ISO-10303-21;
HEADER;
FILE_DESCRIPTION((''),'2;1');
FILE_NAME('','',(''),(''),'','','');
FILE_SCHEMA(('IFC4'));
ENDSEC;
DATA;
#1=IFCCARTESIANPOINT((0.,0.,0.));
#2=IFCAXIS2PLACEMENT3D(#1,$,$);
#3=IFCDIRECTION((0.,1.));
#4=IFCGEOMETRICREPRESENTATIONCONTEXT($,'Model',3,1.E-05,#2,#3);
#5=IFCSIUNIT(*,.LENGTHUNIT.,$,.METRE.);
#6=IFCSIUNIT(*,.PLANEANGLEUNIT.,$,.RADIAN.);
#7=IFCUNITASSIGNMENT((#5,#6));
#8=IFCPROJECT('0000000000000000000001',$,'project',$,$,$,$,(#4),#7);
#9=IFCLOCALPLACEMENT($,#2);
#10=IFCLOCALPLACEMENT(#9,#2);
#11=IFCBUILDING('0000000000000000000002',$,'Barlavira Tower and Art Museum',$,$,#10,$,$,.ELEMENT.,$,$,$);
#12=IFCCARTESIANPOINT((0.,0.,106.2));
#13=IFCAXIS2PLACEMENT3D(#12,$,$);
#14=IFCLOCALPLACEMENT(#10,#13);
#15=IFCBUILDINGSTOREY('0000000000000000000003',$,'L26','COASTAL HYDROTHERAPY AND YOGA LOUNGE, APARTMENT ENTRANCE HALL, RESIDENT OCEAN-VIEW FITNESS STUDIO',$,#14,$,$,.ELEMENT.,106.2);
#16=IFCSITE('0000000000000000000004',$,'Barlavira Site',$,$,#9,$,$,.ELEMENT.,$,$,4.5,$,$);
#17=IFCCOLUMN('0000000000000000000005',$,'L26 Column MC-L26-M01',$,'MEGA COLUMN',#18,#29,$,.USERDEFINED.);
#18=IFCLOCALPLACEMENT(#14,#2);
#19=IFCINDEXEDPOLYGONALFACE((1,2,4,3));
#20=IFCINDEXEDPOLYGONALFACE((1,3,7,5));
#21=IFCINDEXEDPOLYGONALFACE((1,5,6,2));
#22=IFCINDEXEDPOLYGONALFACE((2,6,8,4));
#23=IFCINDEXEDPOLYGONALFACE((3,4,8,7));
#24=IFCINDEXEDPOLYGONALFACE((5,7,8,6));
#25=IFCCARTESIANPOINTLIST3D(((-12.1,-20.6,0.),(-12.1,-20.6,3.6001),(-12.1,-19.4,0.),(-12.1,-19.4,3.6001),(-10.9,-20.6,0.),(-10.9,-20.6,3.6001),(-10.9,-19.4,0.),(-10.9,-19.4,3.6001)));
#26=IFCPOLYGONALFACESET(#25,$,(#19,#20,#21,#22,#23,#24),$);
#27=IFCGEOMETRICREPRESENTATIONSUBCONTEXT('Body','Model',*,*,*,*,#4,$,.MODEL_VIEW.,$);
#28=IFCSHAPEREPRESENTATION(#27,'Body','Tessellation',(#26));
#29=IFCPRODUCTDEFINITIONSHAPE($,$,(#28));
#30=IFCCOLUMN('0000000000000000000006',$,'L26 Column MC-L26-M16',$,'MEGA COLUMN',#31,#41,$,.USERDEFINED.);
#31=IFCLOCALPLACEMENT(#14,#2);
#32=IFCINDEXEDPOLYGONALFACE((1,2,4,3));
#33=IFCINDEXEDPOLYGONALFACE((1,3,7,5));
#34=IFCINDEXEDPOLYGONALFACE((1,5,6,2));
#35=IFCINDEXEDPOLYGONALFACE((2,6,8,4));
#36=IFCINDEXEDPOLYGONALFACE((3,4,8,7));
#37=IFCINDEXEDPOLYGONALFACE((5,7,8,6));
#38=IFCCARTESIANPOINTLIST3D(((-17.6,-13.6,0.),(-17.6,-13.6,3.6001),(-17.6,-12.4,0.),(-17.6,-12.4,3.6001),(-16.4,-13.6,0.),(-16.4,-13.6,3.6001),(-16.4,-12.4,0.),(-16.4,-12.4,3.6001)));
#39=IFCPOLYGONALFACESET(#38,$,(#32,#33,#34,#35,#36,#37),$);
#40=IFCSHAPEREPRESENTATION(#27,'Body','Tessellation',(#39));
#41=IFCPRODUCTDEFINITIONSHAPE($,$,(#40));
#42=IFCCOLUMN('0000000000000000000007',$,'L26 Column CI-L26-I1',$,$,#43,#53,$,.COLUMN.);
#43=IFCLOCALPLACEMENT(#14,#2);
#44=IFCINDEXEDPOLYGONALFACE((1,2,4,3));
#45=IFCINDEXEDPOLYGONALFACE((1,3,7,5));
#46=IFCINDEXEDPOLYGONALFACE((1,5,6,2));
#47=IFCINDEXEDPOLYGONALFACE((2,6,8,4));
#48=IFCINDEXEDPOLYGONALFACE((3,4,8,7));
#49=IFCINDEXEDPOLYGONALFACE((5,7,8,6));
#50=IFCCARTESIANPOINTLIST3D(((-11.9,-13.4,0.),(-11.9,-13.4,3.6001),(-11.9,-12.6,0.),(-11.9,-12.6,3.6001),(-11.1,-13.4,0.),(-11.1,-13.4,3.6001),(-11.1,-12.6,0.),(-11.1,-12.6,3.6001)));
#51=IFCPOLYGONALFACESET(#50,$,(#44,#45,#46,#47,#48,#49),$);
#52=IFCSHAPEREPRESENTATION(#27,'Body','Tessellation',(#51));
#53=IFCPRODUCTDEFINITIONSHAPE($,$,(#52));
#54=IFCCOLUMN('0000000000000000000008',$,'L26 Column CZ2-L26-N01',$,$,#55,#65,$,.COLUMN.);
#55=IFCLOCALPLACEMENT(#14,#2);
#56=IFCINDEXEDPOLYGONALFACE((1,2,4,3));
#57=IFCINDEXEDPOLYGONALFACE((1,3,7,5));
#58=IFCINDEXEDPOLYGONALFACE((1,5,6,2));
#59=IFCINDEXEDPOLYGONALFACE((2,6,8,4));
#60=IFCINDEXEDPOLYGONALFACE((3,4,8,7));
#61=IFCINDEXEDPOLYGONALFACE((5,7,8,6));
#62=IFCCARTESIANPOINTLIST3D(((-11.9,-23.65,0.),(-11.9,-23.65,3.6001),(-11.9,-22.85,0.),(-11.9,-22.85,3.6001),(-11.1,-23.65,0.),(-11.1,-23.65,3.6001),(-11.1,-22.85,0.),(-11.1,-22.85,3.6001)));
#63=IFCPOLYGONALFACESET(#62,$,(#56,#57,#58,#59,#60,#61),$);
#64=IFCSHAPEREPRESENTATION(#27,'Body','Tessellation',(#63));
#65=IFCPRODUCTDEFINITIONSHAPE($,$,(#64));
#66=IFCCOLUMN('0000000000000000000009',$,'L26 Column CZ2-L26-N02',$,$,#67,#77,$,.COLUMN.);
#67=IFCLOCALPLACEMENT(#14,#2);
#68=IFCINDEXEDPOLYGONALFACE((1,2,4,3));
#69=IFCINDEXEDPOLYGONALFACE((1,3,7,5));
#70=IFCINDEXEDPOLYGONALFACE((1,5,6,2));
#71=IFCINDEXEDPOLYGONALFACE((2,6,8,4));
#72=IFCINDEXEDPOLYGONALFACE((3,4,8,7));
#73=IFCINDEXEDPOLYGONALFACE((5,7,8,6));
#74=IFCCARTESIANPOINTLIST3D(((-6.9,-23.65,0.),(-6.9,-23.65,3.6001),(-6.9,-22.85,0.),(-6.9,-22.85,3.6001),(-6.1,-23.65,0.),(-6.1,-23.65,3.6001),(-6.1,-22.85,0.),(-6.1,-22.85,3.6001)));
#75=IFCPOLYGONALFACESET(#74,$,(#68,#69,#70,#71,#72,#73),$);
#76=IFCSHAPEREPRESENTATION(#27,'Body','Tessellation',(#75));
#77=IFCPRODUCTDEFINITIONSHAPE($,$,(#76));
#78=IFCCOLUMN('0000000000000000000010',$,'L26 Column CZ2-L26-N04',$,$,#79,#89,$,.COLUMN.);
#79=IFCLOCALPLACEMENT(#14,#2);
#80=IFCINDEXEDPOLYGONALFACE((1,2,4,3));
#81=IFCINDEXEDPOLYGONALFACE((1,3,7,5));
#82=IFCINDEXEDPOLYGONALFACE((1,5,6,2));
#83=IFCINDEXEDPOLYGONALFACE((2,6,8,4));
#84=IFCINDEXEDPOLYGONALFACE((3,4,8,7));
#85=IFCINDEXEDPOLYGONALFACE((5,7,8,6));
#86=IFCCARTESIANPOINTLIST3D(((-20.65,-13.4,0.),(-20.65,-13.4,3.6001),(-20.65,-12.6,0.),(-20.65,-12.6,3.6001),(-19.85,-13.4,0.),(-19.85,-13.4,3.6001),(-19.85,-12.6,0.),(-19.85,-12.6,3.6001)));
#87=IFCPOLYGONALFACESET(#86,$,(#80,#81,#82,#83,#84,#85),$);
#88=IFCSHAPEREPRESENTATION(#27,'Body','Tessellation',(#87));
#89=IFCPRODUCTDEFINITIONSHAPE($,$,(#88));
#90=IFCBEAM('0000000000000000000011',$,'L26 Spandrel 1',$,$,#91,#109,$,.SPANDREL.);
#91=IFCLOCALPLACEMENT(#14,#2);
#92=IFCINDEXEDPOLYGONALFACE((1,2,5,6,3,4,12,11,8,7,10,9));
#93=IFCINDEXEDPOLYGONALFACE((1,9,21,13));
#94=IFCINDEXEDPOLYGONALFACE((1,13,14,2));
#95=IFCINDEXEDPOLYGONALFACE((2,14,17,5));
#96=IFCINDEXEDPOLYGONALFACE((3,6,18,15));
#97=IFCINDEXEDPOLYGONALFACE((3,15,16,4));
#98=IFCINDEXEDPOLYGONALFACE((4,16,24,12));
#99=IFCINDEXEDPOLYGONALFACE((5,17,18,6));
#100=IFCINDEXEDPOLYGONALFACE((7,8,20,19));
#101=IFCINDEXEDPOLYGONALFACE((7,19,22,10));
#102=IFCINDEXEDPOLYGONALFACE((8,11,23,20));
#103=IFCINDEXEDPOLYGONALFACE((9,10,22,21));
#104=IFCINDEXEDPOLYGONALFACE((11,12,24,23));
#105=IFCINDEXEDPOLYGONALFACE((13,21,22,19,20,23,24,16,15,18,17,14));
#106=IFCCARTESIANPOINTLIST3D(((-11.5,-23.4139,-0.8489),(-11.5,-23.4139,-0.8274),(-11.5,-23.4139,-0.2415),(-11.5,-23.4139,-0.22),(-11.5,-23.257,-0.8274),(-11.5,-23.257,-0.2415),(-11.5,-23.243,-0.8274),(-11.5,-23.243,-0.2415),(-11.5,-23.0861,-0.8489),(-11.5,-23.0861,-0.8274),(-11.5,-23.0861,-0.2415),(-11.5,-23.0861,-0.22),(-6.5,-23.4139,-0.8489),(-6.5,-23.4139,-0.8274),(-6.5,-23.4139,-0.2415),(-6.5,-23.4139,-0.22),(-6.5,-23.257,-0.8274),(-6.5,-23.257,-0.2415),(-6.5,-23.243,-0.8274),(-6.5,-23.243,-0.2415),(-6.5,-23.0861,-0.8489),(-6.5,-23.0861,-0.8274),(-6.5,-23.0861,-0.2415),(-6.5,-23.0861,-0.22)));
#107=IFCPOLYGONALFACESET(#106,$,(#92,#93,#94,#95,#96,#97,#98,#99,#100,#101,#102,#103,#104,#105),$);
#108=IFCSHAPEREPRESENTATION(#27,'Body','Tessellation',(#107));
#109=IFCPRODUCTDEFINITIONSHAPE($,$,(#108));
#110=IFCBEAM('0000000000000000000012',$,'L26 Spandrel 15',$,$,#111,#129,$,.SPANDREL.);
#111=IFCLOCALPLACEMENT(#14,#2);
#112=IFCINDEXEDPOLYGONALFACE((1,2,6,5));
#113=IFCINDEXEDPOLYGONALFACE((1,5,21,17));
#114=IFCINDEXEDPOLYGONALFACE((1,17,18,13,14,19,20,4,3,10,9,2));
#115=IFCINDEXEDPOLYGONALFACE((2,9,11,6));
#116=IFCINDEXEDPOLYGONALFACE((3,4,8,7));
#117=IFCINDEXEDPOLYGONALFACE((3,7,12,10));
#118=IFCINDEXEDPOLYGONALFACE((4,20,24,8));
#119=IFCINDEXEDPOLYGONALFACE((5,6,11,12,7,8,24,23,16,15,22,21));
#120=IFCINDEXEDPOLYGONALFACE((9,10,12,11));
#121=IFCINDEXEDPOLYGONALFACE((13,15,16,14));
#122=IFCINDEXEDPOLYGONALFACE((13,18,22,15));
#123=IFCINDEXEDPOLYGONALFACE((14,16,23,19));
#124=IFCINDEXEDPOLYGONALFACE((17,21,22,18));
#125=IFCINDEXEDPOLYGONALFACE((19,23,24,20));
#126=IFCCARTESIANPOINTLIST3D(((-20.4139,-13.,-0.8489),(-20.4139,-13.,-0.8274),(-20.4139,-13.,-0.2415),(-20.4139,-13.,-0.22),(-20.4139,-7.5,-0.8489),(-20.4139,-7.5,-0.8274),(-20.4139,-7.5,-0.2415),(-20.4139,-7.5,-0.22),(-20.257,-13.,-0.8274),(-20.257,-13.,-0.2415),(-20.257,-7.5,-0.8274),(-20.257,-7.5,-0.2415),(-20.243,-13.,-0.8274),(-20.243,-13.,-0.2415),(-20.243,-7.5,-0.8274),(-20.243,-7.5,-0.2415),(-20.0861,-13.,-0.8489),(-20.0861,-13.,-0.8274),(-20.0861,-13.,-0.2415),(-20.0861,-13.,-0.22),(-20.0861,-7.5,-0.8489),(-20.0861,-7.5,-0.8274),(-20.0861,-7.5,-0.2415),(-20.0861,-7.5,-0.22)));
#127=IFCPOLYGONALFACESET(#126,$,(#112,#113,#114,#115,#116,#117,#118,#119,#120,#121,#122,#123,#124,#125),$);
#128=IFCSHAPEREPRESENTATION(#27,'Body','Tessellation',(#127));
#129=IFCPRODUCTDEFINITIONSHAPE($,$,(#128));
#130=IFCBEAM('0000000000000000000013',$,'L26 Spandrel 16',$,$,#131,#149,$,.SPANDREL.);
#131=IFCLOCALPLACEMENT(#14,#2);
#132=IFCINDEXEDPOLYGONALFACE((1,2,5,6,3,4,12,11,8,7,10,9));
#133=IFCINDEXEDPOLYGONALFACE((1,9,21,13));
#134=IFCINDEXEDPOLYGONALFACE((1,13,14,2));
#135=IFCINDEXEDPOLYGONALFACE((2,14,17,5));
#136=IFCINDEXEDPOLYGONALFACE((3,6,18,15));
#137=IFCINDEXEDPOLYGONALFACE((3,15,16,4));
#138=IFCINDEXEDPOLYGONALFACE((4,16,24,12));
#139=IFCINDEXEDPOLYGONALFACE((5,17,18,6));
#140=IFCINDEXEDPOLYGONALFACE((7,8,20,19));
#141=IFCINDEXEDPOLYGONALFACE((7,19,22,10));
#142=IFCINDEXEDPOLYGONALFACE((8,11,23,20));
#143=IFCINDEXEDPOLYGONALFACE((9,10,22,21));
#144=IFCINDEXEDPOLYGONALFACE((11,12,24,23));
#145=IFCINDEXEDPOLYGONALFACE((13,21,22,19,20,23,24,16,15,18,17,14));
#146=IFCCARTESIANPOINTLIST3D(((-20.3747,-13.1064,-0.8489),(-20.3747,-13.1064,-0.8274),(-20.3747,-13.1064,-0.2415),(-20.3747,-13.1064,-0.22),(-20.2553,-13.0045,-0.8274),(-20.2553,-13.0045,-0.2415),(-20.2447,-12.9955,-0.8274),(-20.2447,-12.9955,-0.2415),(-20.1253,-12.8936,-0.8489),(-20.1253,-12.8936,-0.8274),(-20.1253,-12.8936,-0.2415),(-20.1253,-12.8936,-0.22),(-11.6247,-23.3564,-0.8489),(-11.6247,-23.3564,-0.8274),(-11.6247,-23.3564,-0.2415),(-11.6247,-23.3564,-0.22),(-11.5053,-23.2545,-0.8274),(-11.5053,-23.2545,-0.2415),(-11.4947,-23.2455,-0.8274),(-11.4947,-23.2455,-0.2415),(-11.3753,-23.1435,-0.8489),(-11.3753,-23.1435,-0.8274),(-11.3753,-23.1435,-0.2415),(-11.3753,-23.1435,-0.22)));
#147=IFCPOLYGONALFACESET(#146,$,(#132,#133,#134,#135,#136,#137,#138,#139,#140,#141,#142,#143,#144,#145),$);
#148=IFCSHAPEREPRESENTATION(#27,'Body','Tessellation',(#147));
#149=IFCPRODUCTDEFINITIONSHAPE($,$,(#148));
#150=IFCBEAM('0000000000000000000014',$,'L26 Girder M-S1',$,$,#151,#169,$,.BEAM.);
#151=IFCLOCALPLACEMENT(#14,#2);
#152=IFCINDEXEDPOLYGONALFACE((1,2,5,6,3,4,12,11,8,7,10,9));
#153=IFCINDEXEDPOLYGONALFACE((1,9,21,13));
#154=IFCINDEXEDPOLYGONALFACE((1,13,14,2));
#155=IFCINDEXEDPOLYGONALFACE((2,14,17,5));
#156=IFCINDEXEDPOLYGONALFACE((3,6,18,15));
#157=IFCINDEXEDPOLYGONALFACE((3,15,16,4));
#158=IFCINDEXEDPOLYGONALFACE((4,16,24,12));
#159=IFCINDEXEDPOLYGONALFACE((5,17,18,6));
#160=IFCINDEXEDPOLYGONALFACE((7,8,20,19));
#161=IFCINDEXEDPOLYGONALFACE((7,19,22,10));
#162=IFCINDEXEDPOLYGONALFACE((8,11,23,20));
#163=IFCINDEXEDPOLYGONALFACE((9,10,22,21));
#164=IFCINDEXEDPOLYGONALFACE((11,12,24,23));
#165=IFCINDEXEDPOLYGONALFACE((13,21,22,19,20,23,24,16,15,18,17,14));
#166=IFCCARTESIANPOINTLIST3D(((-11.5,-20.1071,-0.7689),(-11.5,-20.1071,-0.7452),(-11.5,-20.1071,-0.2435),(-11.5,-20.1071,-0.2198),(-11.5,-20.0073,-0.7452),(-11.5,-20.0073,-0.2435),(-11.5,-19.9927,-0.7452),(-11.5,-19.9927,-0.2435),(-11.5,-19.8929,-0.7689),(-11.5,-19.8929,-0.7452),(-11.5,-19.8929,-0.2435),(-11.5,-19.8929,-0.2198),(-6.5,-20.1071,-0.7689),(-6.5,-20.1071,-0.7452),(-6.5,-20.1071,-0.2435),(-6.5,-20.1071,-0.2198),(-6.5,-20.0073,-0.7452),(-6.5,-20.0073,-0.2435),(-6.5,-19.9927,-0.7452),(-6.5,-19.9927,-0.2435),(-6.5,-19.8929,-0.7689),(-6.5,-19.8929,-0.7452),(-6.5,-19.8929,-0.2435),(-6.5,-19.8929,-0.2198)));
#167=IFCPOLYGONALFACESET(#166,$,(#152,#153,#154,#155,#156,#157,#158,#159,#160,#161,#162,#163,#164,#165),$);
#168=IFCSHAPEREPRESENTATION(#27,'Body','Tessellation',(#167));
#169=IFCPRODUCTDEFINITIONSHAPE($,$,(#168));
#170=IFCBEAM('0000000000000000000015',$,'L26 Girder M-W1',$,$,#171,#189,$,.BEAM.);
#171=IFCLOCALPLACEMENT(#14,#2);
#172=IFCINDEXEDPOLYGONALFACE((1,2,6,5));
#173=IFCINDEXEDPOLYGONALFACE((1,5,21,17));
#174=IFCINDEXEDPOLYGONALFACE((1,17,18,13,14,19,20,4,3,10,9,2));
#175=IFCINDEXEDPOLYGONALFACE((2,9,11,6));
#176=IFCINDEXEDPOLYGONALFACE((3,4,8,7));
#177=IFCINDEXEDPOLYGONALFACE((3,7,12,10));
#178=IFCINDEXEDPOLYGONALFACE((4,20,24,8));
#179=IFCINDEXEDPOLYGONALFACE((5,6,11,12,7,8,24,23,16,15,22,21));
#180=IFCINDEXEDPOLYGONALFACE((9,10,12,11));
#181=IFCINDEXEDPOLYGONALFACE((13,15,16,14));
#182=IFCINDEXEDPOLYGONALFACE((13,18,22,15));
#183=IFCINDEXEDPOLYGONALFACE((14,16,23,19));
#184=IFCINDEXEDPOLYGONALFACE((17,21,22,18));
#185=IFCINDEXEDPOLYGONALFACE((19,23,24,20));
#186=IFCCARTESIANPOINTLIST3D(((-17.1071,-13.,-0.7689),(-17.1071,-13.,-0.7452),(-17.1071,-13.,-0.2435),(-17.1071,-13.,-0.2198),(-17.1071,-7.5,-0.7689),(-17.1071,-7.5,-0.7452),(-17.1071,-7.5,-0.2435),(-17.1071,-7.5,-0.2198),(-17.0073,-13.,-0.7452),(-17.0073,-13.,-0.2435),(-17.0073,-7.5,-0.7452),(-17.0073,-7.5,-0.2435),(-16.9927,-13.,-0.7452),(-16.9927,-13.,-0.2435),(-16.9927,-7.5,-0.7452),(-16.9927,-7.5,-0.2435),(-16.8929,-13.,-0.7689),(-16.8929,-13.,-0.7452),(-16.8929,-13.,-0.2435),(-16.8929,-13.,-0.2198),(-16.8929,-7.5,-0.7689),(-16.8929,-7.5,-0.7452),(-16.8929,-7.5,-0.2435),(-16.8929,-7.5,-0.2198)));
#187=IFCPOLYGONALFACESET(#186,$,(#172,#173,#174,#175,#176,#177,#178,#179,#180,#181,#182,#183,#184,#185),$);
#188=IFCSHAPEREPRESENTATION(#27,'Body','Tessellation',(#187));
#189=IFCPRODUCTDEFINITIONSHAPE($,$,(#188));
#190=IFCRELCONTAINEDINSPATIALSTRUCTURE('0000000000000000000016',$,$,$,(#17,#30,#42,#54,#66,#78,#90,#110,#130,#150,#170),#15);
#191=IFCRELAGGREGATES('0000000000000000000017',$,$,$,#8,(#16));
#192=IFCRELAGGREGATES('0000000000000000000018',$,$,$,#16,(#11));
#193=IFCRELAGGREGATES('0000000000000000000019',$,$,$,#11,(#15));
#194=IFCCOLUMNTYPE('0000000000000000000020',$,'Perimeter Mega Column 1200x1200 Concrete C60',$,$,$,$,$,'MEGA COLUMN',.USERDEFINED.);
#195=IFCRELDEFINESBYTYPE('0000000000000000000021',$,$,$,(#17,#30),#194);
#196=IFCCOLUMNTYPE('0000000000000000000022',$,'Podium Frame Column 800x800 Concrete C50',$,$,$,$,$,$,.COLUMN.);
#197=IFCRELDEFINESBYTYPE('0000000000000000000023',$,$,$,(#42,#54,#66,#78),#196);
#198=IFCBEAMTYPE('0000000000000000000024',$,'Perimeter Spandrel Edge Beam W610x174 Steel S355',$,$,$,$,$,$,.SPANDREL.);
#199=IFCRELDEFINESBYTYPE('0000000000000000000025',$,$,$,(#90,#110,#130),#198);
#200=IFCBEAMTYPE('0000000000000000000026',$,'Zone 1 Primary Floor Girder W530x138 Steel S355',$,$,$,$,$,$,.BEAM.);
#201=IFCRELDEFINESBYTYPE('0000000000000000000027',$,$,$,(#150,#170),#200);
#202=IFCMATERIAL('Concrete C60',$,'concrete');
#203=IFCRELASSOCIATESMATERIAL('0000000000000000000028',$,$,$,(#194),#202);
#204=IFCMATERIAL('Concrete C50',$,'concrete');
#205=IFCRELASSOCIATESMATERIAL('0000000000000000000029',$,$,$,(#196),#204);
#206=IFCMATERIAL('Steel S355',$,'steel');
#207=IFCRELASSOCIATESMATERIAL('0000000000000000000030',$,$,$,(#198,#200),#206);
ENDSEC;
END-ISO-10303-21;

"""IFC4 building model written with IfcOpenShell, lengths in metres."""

from ifc_helpers import new_model, si_unit, direction, frame, origin, origin_2d, place, context, subcontext, project, spatial, rectangle, i_section, extrude, material, material_profile, profile_set, type_object, element, save


model = new_model("IFC4")

# Units and contexts
model_context = context("Model", 3, precision=1e-05, world=origin(), true_north=direction((0.0, 1.0)))
body_context = subcontext(model_context, "Body", "Model", "MODEL_VIEW")
ifc_project = project(units=[si_unit("LENGTHUNIT", "METRE"), si_unit("PLANEANGLEUNIT", "RADIAN")], contexts=[model_context])

# Site, building, storey
site_placement = place(None, origin())
site = spatial("IfcSite", under=ifc_project, at=site_placement, Name="Barlavira Site", CompositionType="ELEMENT", RefElevation=4.5)
building_placement = place(site_placement, origin())
building = spatial("IfcBuilding", under=site, at=building_placement, Name="Barlavira Tower and Art Museum", CompositionType="ELEMENT")
storey_placement = place(building_placement, frame((0.0, 0.0, 106.2)))
storey = spatial("IfcBuildingStorey", under=building, at=storey_placement, Name="L26", Description="COASTAL HYDROTHERAPY AND YOGA LOUNGE, APARTMENT ENTRANCE HALL, RESIDENT OCEAN-VIEW FITNESS STUDIO", CompositionType="ELEMENT", Elevation=106.2)

# Columns
ifc_material_1 = material(Name="Concrete C60", Category="concrete")
ifc_material_profile_1 = material_profile(ifc_material_1, rectangle(XDim=1.2, YDim=1.2, at=origin_2d()), Name="RC-COL 1200x1200")
ifc_profile_set_1 = profile_set([ifc_material_profile_1], Name="Concrete C60")
column_type_1 = type_object("IfcColumnType", Name="Perimeter Mega Column 1200x1200 Concrete C60", ElementType="MEGA COLUMN", PredefinedType="USERDEFINED", material=ifc_profile_set_1)
for number, where, z_axis, x_axis, name in (
    (1, (-11.5, -20.0, 0.0), (0.0, 0.0, 1.0), (1.0, 0.0, 0.0), "L26 Column MC-L26-M01"),
    (2, (-17.0, -13.0, 0.0), (0.0, 0.0, 1.0), (1.0, 0.0, 0.0), "L26 Column MC-L26-M16"),
):
    element("IfcColumn", number, at=place(storey_placement, frame(where, z_axis=z_axis, x_axis=x_axis)), inside=storey, type_object=column_type_1, Name=name, ObjectType="MEGA COLUMN", PredefinedType="USERDEFINED", context=body_context, shape_type="SweptSolid", body=[
        extrude(rectangle(XDim=1.2, YDim=1.2, at=origin_2d()), origin(), (0.0, 0.0, 1.0), 3.6001),
    ])
ifc_material_2 = material(Name="Concrete C50", Category="concrete")
ifc_material_profile_2 = material_profile(ifc_material_2, rectangle(XDim=0.8, YDim=0.8, at=origin_2d()), Name="RC-COL 800x800")
ifc_profile_set_2 = profile_set([ifc_material_profile_2], Name="Concrete C50")
column_type_2 = type_object("IfcColumnType", Name="Podium Frame Column 800x800 Concrete C50", PredefinedType="COLUMN", material=ifc_profile_set_2)
for number, where, z_axis, x_axis, name in (
    (3, (-11.5, -13.0, 0.0), (0.0, 0.0, 1.0), (1.0, 0.0, 0.0), "L26 Column CI-L26-I1"),
    (4, (-11.5, -23.25, 0.0), (0.0, 0.0, 1.0), (1.0, 0.0, 0.0), "L26 Column CZ2-L26-N01"),
    (5, (-6.5, -23.25, 0.0), (0.0, 0.0, 1.0), (1.0, 0.0, 0.0), "L26 Column CZ2-L26-N02"),
    (6, (-20.25, -13.0, 0.0), (0.0, 0.0, 1.0), (1.0, 0.0, 0.0), "L26 Column CZ2-L26-N04"),
):
    element("IfcColumn", number, at=place(storey_placement, frame(where, z_axis=z_axis, x_axis=x_axis)), inside=storey, type_object=column_type_2, Name=name, PredefinedType="COLUMN", context=body_context, shape_type="SweptSolid", body=[
        extrude(rectangle(XDim=0.8, YDim=0.8, at=origin_2d()), origin(), (0.0, 0.0, 1.0), 3.6001),
    ])

# Beams
ifc_material_3 = material(Name="Steel S355", Category="steel")
ifc_material_profile_3 = material_profile(ifc_material_3, i_section(OverallWidth=0.3279, OverallDepth=0.6289, WebThickness=0.0139, FlangeThickness=0.0215, at=origin_2d()), Name="W610x174.0")
ifc_profile_set_3 = profile_set([ifc_material_profile_3], Name="Steel S355")
beam_type_1 = type_object("IfcBeamType", Name="Perimeter Spandrel Edge Beam W610x174 Steel S355", PredefinedType="SPANDREL", material=ifc_profile_set_3)
beam_1_placement = place(storey_placement, frame((-11.5, -23.25, -0.5344), z_axis=(1.0, 0.0, 0.0), x_axis=(0.0, 1.0, 0.0)))
element("IfcBeam", 7, at=beam_1_placement, inside=storey, type_object=beam_type_1, Name="L26 Spandrel 1", PredefinedType="SPANDREL", context=body_context, shape_type="SweptSolid", body=[
    extrude(i_section(OverallWidth=0.3279, OverallDepth=0.6289, WebThickness=0.0139, FlangeThickness=0.0215, at=origin_2d()), origin(), (0.0, 0.0, 1.0), 5.0),
])
beam_2_placement = place(storey_placement, frame((-20.25, -13.0, -0.5344), z_axis=(0.0, 1.0, 0.0), x_axis=(-1.0, 0.0, 0.0)))
element("IfcBeam", 8, at=beam_2_placement, inside=storey, type_object=beam_type_1, Name="L26 Spandrel 15", PredefinedType="SPANDREL", context=body_context, shape_type="SweptSolid", body=[
    extrude(i_section(OverallWidth=0.3279, OverallDepth=0.6289, WebThickness=0.0139, FlangeThickness=0.0215, at=origin_2d()), origin(), (0.0, 0.0, 1.0), 5.5),
])
beam_3_placement = place(storey_placement, frame((-20.25, -13.0, -0.5344), z_axis=(0.649262, -0.760565, 0.0), x_axis=(0.760565, 0.649262, 0.0)))
element("IfcBeam", 9, at=beam_3_placement, inside=storey, type_object=beam_type_1, Name="L26 Spandrel 16", PredefinedType="SPANDREL", context=body_context, shape_type="SweptSolid", body=[
    extrude(i_section(OverallWidth=0.3279, OverallDepth=0.6289, WebThickness=0.0139, FlangeThickness=0.0215, at=origin_2d()), origin(), (0.0, 0.0, 1.0), 13.4768),
])
ifc_material_profile_4 = material_profile(ifc_material_3, i_section(OverallWidth=0.2141, OverallDepth=0.5491, WebThickness=0.0146, FlangeThickness=0.0237, at=origin_2d()), Name="W530x138.0")
ifc_profile_set_4 = profile_set([ifc_material_profile_4], Name="Steel S355")
beam_type_2 = type_object("IfcBeamType", Name="Zone 1 Primary Floor Girder W530x138 Steel S355", PredefinedType="BEAM", material=ifc_profile_set_4)
beam_4_placement = place(storey_placement, frame((-11.5, -20.0, -0.4944), z_axis=(1.0, 0.0, 0.0), x_axis=(0.0, 1.0, 0.0)))
element("IfcBeam", 10, at=beam_4_placement, inside=storey, type_object=beam_type_2, Name="L26 Girder M-S1", PredefinedType="BEAM", context=body_context, shape_type="SweptSolid", body=[
    extrude(i_section(OverallWidth=0.2141, OverallDepth=0.5491, WebThickness=0.0146, FlangeThickness=0.0237, at=origin_2d()), origin(), (0.0, 0.0, 1.0), 5.0),
])
for number, where, z_axis, x_axis, name in (
    (11, (-17.0, -13.0, -0.4944), (0.0, 1.0, 0.0), (-1.0, 0.0, 0.0), "L26 Girder M-W1"),
):
    element("IfcBeam", number, at=place(storey_placement, frame(where, z_axis=z_axis, x_axis=x_axis)), inside=storey, type_object=beam_type_2, Name=name, PredefinedType="BEAM", context=body_context, shape_type="SweptSolid", body=[
        extrude(i_section(OverallWidth=0.2141, OverallDepth=0.5491, WebThickness=0.0146, FlangeThickness=0.0237, at=origin_2d()), origin(), (0.0, 0.0, 1.0), 5.5),
    ])

save(model, "model.ifc")
